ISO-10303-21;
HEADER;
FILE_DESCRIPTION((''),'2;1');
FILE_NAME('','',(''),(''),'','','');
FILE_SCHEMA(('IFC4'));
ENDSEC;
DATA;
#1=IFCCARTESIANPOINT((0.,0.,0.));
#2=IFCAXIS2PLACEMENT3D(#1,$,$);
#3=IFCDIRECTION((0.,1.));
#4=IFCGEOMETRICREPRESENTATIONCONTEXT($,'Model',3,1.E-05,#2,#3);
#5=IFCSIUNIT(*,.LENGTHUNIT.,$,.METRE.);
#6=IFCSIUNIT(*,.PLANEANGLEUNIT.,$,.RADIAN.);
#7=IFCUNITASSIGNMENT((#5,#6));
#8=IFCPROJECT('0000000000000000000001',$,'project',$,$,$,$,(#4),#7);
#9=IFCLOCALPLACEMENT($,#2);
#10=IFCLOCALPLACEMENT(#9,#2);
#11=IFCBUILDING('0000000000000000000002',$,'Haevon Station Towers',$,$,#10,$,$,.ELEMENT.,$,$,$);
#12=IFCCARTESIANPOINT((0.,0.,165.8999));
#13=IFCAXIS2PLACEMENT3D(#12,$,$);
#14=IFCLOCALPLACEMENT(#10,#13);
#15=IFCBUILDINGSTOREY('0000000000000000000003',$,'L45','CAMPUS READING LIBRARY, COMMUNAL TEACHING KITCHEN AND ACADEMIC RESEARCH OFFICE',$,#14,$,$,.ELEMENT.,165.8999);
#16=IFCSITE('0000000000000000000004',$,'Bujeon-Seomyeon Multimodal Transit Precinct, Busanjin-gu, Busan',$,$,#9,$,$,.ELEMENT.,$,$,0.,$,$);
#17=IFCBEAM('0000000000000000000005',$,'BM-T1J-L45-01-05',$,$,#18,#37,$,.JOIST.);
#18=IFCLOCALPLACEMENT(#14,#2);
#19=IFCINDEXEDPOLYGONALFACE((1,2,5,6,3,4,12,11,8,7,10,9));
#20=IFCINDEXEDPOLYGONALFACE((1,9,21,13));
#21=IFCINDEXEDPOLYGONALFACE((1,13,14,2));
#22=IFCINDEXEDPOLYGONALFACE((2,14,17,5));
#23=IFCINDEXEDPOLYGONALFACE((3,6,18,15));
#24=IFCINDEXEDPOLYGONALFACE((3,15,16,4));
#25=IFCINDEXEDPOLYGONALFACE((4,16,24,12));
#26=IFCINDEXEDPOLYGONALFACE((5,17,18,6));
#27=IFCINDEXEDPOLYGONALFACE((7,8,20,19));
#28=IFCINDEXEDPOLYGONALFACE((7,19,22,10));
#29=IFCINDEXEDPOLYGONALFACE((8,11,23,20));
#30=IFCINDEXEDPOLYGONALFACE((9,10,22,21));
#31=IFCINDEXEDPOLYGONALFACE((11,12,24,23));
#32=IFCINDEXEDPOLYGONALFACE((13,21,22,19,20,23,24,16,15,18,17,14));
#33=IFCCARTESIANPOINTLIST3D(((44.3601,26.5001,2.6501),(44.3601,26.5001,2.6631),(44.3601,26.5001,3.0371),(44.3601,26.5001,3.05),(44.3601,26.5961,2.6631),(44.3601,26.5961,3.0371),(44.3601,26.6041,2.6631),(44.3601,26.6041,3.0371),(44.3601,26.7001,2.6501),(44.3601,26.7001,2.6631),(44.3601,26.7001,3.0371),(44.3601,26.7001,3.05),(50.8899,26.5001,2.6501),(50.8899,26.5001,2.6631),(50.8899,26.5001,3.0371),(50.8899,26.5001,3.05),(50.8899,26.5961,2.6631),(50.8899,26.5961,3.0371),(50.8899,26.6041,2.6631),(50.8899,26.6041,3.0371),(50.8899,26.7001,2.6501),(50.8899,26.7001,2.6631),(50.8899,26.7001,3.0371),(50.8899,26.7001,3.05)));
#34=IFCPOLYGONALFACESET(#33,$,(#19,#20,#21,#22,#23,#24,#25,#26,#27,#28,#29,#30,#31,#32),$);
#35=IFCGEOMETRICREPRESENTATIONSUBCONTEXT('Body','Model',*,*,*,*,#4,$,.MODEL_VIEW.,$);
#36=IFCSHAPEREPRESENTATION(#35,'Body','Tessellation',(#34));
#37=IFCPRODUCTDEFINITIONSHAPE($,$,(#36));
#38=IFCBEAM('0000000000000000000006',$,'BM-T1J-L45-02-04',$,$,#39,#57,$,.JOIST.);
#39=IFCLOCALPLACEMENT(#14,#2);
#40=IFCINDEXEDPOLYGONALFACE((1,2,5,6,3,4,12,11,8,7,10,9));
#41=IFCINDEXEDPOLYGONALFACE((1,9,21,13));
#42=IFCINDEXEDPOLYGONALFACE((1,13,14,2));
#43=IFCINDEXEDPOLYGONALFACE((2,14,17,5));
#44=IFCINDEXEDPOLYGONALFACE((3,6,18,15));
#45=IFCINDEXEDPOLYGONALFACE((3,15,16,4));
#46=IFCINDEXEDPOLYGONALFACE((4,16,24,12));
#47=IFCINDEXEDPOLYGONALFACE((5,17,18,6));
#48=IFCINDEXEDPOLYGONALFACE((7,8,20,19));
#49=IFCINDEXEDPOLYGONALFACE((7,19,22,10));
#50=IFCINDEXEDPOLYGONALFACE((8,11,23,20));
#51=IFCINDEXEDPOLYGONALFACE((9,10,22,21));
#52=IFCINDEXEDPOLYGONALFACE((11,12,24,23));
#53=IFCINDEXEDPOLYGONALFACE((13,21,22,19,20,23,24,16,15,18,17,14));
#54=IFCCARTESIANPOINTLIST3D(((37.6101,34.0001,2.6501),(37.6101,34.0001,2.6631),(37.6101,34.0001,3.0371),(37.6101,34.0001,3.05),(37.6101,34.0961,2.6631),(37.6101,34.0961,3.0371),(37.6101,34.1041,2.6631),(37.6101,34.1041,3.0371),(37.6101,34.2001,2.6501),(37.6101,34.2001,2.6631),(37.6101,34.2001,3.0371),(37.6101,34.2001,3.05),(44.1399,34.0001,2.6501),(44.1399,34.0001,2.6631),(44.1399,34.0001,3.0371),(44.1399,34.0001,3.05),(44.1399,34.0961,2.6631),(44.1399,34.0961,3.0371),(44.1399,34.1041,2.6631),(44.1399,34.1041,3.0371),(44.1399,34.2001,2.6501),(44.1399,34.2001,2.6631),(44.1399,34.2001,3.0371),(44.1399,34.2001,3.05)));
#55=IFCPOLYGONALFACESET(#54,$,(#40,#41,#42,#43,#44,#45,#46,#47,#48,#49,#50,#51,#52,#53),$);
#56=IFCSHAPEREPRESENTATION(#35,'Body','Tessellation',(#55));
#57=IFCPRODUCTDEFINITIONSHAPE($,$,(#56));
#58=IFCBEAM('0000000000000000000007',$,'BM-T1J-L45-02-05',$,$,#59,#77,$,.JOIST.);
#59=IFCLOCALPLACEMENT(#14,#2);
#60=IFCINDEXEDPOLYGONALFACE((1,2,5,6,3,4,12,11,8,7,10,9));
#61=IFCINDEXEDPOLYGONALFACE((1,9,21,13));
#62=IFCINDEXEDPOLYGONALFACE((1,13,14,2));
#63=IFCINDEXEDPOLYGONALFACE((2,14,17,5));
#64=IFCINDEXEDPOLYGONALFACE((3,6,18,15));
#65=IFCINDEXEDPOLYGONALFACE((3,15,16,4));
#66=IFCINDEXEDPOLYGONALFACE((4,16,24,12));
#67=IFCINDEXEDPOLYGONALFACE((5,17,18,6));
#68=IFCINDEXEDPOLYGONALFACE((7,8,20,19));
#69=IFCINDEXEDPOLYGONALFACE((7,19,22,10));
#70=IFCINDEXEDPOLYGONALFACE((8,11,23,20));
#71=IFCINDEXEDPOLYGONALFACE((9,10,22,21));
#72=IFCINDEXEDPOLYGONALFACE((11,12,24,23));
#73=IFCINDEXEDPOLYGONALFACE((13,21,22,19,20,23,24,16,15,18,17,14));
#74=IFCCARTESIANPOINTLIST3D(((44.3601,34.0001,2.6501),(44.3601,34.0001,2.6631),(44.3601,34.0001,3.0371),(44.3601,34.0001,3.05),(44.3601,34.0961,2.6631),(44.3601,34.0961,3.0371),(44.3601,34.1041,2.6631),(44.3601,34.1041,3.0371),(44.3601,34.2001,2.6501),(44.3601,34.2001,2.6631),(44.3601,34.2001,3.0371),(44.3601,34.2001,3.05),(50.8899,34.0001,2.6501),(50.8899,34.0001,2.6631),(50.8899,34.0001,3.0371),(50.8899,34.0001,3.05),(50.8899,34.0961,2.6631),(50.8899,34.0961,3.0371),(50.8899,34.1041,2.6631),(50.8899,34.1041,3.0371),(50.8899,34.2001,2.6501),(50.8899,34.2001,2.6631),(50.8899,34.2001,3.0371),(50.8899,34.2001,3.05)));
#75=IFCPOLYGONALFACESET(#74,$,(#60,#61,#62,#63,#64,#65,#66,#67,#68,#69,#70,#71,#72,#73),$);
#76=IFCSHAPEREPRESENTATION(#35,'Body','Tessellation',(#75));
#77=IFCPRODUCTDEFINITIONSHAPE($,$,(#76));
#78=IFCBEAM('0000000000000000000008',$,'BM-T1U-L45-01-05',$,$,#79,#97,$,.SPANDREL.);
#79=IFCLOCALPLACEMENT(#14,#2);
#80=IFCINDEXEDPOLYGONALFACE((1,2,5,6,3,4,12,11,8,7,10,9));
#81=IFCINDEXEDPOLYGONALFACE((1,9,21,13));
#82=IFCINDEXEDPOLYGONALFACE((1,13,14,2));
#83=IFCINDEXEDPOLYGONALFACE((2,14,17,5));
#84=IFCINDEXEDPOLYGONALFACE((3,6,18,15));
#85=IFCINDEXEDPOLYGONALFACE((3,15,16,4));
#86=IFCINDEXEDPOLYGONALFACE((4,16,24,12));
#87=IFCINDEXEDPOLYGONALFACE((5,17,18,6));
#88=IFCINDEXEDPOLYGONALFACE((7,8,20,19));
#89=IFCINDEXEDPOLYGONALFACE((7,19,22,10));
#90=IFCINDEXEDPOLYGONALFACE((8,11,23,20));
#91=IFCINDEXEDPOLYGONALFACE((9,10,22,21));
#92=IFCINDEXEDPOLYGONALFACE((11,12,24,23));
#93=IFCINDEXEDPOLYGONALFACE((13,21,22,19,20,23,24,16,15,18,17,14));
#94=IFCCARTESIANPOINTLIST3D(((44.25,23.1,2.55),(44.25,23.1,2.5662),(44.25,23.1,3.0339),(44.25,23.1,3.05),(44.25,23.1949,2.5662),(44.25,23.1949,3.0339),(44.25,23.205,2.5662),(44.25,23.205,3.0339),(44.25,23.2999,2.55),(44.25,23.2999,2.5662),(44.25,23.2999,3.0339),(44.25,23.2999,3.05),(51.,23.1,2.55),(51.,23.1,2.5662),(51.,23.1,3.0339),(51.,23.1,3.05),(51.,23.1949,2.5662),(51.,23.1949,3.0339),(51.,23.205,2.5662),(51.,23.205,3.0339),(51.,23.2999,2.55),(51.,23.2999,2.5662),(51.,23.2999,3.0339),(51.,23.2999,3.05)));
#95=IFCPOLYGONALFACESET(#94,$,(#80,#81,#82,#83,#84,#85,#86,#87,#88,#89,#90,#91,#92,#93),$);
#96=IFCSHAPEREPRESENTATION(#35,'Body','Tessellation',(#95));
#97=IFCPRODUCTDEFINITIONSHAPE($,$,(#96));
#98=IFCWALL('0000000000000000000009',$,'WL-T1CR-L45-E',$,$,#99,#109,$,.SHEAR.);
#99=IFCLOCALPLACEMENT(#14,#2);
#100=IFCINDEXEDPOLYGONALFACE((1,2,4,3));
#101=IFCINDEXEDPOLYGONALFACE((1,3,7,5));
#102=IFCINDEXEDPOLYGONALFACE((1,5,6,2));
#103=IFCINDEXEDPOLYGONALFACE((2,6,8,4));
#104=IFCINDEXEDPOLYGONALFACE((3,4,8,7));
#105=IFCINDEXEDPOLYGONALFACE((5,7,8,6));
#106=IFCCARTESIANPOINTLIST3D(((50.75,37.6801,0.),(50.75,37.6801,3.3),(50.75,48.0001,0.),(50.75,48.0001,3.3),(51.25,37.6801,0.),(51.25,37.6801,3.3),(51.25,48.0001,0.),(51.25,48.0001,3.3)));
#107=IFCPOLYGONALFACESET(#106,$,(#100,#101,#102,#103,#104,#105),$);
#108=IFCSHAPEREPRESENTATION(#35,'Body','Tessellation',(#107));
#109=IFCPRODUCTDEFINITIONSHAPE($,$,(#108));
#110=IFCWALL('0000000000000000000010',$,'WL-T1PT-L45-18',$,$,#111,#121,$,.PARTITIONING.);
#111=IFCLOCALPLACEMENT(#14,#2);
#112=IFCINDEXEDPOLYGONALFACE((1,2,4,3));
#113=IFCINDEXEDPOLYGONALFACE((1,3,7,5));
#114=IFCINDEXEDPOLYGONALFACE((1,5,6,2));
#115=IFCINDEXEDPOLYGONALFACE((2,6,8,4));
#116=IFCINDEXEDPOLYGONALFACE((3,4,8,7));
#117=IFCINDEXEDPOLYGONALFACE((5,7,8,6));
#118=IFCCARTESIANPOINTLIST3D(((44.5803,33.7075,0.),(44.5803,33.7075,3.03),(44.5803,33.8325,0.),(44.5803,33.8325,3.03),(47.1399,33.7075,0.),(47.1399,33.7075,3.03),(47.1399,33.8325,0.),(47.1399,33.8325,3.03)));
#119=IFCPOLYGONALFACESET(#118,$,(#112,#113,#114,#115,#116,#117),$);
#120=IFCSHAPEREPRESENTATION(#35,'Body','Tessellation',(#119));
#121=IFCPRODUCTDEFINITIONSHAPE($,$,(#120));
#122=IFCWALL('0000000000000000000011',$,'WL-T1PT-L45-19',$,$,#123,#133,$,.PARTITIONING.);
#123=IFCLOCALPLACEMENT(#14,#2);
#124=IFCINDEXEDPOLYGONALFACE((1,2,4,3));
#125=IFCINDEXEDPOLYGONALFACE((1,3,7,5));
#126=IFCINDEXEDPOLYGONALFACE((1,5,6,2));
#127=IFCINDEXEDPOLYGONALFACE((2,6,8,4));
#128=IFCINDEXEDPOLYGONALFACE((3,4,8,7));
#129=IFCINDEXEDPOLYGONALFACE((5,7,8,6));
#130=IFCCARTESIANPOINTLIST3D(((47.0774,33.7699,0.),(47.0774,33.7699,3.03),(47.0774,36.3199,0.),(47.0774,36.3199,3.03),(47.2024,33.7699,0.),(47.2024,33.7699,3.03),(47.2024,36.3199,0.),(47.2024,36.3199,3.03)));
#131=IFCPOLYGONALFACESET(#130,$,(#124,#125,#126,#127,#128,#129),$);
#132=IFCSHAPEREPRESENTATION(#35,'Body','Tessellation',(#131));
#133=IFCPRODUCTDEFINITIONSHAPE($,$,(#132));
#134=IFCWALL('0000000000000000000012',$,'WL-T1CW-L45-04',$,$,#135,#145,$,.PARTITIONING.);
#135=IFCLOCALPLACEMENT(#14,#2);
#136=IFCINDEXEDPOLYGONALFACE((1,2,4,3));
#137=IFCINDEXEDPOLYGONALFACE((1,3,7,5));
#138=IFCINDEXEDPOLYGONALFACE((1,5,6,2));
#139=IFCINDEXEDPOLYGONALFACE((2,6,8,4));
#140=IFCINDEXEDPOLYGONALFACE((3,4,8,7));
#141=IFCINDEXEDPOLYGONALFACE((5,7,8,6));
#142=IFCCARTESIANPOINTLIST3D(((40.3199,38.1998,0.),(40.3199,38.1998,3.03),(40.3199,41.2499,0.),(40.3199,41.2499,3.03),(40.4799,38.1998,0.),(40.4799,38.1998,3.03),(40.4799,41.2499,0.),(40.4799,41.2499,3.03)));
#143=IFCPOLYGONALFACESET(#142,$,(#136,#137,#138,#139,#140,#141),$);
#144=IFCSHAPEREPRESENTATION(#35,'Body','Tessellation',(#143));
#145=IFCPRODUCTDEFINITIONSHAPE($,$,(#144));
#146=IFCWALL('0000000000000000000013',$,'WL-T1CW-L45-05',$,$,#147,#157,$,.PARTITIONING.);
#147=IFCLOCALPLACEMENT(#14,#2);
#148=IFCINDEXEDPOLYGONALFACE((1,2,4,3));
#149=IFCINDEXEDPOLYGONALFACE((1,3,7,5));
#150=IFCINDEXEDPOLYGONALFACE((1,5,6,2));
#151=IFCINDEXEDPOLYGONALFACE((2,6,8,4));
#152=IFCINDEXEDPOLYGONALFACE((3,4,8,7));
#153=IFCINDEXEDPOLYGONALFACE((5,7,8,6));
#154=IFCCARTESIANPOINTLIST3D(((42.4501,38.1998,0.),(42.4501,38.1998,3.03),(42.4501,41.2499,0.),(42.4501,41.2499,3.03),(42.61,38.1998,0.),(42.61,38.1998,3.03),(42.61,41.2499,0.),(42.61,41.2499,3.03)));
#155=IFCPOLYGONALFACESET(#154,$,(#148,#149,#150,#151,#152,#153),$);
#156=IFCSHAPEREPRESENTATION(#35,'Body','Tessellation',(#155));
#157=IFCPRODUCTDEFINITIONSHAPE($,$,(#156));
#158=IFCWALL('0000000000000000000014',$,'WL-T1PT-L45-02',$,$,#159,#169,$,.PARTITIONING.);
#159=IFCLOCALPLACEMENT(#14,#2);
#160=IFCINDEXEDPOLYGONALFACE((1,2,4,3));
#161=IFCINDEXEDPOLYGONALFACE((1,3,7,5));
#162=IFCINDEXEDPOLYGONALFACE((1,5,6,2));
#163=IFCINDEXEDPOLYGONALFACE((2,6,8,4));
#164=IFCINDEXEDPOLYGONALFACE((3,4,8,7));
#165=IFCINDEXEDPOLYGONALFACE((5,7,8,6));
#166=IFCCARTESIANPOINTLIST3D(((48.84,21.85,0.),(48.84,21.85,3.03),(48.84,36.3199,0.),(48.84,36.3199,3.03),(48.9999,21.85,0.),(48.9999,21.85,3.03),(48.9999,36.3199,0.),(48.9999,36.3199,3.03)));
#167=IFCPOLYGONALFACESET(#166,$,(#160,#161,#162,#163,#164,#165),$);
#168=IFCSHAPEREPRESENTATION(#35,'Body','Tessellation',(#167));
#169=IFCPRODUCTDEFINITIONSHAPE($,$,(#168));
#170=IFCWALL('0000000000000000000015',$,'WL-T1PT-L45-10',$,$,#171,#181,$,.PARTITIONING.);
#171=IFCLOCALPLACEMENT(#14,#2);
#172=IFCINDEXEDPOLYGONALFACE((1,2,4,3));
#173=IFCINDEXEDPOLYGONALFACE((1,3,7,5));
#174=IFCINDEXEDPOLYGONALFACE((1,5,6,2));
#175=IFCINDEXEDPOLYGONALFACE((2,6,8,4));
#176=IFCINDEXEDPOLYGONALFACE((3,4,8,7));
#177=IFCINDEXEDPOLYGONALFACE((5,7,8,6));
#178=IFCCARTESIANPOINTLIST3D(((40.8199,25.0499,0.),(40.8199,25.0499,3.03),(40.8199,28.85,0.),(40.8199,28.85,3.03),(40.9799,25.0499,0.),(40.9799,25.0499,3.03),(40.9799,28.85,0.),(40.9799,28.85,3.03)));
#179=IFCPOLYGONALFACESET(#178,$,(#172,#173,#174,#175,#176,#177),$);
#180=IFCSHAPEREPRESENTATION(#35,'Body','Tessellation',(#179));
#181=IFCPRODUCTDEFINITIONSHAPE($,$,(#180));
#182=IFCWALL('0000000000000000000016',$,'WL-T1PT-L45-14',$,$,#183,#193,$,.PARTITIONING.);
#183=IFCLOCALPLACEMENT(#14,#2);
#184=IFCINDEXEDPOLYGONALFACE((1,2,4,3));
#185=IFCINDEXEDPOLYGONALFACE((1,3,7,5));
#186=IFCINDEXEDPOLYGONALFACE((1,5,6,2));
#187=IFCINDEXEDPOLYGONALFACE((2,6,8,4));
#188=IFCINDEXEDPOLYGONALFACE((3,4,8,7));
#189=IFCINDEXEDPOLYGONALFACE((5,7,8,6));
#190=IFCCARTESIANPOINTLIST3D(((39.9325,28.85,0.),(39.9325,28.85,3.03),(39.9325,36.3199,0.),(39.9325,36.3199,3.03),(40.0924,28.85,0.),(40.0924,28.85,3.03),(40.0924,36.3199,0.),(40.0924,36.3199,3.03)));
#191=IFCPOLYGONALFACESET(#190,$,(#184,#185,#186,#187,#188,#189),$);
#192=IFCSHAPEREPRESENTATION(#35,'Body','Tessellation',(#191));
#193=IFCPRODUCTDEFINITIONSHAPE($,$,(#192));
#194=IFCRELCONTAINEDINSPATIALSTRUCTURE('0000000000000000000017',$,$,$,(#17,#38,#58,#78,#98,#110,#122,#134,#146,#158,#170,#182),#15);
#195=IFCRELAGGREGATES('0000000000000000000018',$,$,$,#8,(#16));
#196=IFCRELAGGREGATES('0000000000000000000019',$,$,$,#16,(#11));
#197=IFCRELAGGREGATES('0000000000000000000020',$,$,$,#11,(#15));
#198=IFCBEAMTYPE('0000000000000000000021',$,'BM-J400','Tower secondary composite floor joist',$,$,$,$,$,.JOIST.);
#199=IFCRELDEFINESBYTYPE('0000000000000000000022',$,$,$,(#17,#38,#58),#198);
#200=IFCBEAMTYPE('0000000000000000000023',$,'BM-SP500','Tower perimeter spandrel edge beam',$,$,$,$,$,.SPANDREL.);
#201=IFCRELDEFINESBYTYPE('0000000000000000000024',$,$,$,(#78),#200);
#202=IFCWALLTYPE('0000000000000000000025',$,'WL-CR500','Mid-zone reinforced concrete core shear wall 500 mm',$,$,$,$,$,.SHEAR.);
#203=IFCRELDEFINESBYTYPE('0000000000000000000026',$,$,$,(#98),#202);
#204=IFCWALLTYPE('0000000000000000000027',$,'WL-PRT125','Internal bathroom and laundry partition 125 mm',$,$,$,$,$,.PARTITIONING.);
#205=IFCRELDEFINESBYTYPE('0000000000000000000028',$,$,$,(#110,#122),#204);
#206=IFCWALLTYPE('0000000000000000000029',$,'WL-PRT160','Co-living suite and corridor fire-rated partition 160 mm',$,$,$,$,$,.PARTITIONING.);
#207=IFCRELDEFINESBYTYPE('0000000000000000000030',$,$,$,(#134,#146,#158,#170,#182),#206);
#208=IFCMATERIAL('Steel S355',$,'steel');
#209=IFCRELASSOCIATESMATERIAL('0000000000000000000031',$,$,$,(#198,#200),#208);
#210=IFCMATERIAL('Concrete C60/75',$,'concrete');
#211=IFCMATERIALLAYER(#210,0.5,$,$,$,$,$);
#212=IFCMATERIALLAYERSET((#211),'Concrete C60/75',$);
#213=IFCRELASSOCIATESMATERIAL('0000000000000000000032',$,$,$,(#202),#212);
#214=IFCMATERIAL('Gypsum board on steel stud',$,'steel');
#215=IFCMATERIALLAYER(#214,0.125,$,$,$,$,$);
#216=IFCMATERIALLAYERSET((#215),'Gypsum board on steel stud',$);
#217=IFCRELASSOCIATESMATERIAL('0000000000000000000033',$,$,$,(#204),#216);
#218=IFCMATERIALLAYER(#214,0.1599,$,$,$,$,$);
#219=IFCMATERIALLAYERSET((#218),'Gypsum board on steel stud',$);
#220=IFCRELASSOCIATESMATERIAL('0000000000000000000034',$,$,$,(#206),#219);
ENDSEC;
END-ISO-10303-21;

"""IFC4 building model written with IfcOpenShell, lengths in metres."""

from ifc_helpers import new_model, si_unit, direction, frame, frame_2d, origin, origin_2d, place, context, subcontext, project, spatial, rectangle, i_section, extrude, material, layer, layer_set, material_profile, profile_set, type_object, element, save


model = new_model("IFC4")

# Units and contexts
model_context = context("Model", 3, precision=1e-05, world=origin(), true_north=direction((0.0, 1.0)))
body_context = subcontext(model_context, "Body", "Model", "MODEL_VIEW")
ifc_project = project(units=[si_unit("LENGTHUNIT", "METRE"), si_unit("PLANEANGLEUNIT", "RADIAN")], contexts=[model_context])

# Site, building, storey
site_placement = place(None, origin())
site = spatial("IfcSite", under=ifc_project, at=site_placement, Name="Bujeon-Seomyeon Multimodal Transit Precinct, Busanjin-gu, Busan", CompositionType="ELEMENT", RefElevation=0.0)
building_placement = place(site_placement, origin())
building = spatial("IfcBuilding", under=site, at=building_placement, Name="Haevon Station Towers", CompositionType="ELEMENT")
storey_placement = place(building_placement, frame((0.0, 0.0, 165.8999)))
storey = spatial("IfcBuildingStorey", under=building, at=storey_placement, Name="L45", Description="CAMPUS READING LIBRARY, COMMUNAL TEACHING KITCHEN AND ACADEMIC RESEARCH OFFICE", CompositionType="ELEMENT", Elevation=165.8999)

# Shared definitions
ifc_material_1 = material(Name="Steel S355", Category="steel")

# Beams
ifc_material_profile_1 = material_profile(ifc_material_1, i_section(OverallWidth=0.2, OverallDepth=0.3999, WebThickness=0.0081, FlangeThickness=0.0129, at=origin_2d()), Name="H-400x200x8x13")
ifc_profile_set_1 = profile_set([ifc_material_profile_1], Name="Steel S355")
beam_type_1 = type_object("IfcBeamType", Name="BM-J400", Description="Tower secondary composite floor joist", PredefinedType="JOIST", material=ifc_profile_set_1)
for number, where, z_axis, x_axis, name in (
    (1, (44.3601, 26.6001, 2.8501), (1.0, 0.0, 0.0), (0.0, 1.0, 0.0), "BM-T1J-L45-01-05"),
    (2, (37.6101, 34.1001, 2.8501), (1.0, 0.0, 0.0), (0.0, 1.0, 0.0), "BM-T1J-L45-02-04"),
    (3, (44.3601, 34.1001, 2.8501), (1.0, 0.0, 0.0), (0.0, 1.0, 0.0), "BM-T1J-L45-02-05"),
):
    element("IfcBeam", number, at=place(storey_placement, frame(where, z_axis=z_axis, x_axis=x_axis)), inside=storey, type_object=beam_type_1, Name=name, PredefinedType="JOIST", context=body_context, shape_type="SweptSolid", body=[
        extrude(i_section(OverallWidth=0.2, OverallDepth=0.3999, WebThickness=0.0081, FlangeThickness=0.0129, at=origin_2d()), origin(), (0.0, 0.0, 1.0), 6.5298),
    ])
ifc_material_profile_2 = material_profile(ifc_material_1, i_section(OverallWidth=0.2, OverallDepth=0.5, WebThickness=0.01, FlangeThickness=0.0161, at=origin_2d()), Name="H-500x200x10x16")
ifc_profile_set_2 = profile_set([ifc_material_profile_2], Name="Steel S355")
beam_type_2 = type_object("IfcBeamType", Name="BM-SP500", Description="Tower perimeter spandrel edge beam", PredefinedType="SPANDREL", material=ifc_profile_set_2)
beam_1_placement = place(storey_placement, frame((44.25, 23.2, 2.8), z_axis=(1.0, 0.0, 0.0), x_axis=(0.0, 1.0, 0.0)))
element("IfcBeam", 4, at=beam_1_placement, inside=storey, type_object=beam_type_2, Name="BM-T1U-L45-01-05", PredefinedType="SPANDREL", context=body_context, shape_type="SweptSolid", body=[
    extrude(i_section(OverallWidth=0.2, OverallDepth=0.5, WebThickness=0.01, FlangeThickness=0.0161, at=origin_2d()), origin(), (0.0, 0.0, 1.0), 6.75),
])

# Walls
ifc_material_2 = material(Name="Concrete C60/75", Category="concrete")
ifc_layer_1 = layer(ifc_material_2, 0.5)
ifc_layer_set_1 = layer_set([ifc_layer_1], Name="Concrete C60/75")
wall_type_1 = type_object("IfcWallType", Name="WL-CR500", Description="Mid-zone reinforced concrete core shear wall 500 mm", PredefinedType="SHEAR", material=ifc_layer_set_1)
wall_1_placement = place(storey_placement, frame((51.0, 37.6799, 0.0), z_axis=(0.0, 0.0, 1.0), x_axis=(0.0, 1.0, 0.0)))
element("IfcWall", 5, at=wall_1_placement, inside=storey, type_object=wall_type_1, Name="WL-T1CR-L45-E", PredefinedType="SHEAR", context=body_context, shape_type="SweptSolid", body=[
    extrude(rectangle(XDim=10.3201, YDim=0.5, at=frame_2d((5.1602, 0.0))), origin(), (0.0, 0.0, 1.0), 3.3),
])
ifc_material_3 = material(Name="Gypsum board on steel stud", Category="steel")
ifc_layer_2 = layer(ifc_material_3, 0.125)
ifc_layer_set_2 = layer_set([ifc_layer_2], Name="Gypsum board on steel stud")
wall_type_2 = type_object("IfcWallType", Name="WL-PRT125", Description="Internal bathroom and laundry partition 125 mm", PredefinedType="PARTITIONING", material=ifc_layer_set_2)
wall_2_placement = place(storey_placement, frame((44.5803, 33.77, 0.0), z_axis=(0.0, 0.0, 1.0), x_axis=(1.0, 0.0, 0.0)))
element("IfcWall", 6, at=wall_2_placement, inside=storey, type_object=wall_type_2, Name="WL-T1PT-L45-18", PredefinedType="PARTITIONING", context=body_context, shape_type="SweptSolid", body=[
    extrude(rectangle(XDim=2.5596, YDim=0.125, at=frame_2d((1.2798, 0.0))), origin(), (0.0, 0.0, 1.0), 3.03),
])
wall_3_placement = place(storey_placement, frame((47.1399, 33.77, 0.0), z_axis=(0.0, 0.0, 1.0), x_axis=(0.0, 1.0, 0.0)))
element("IfcWall", 7, at=wall_3_placement, inside=storey, type_object=wall_type_2, Name="WL-T1PT-L45-19", PredefinedType="PARTITIONING", context=body_context, shape_type="SweptSolid", body=[
    extrude(rectangle(XDim=2.55, YDim=0.125, at=frame_2d((1.2749, 0.0))), origin(), (0.0, 0.0, 1.0), 3.03),
])
ifc_layer_3 = layer(ifc_material_3, 0.1599)
ifc_layer_set_3 = layer_set([ifc_layer_3], Name="Gypsum board on steel stud")
wall_type_3 = type_object("IfcWallType", Name="WL-PRT160", Description="Co-living suite and corridor fire-rated partition 160 mm", PredefinedType="PARTITIONING", material=ifc_layer_set_3)
for number, where, z_axis, x_axis, name in (
    (8, (40.3999, 38.2, 0.0), (0.0, 0.0, 1.0), (0.0, 1.0, 0.0), "WL-T1CW-L45-04"),
    (9, (42.53, 38.2, 0.0), (0.0, 0.0, 1.0), (0.0, 1.0, 0.0), "WL-T1CW-L45-05"),
):
    element("IfcWall", number, at=place(storey_placement, frame(where, z_axis=z_axis, x_axis=x_axis)), inside=storey, type_object=wall_type_3, Name=name, PredefinedType="PARTITIONING", context=body_context, shape_type="SweptSolid", body=[
        extrude(rectangle(XDim=3.05, YDim=0.1599, at=frame_2d((1.5249, 0.0))), origin(), (0.0, 0.0, 1.0), 3.03),
    ])
wall_4_placement = place(storey_placement, frame((48.9199, 21.8501, 0.0), z_axis=(0.0, 0.0, 1.0), x_axis=(0.0, 1.0, 0.0)))
element("IfcWall", 10, at=wall_4_placement, inside=storey, type_object=wall_type_3, Name="WL-T1PT-L45-02", PredefinedType="PARTITIONING", context=body_context, shape_type="SweptSolid", body=[
    extrude(rectangle(XDim=14.47, YDim=0.1599, at=frame_2d((7.2349, 0.0))), origin(), (0.0, 0.0, 1.0), 3.03),
])
wall_5_placement = place(storey_placement, frame((40.8999, 25.05, 0.0), z_axis=(0.0, 0.0, 1.0), x_axis=(0.0, 1.0, 0.0)))
element("IfcWall", 11, at=wall_5_placement, inside=storey, type_object=wall_type_3, Name="WL-T1PT-L45-10", PredefinedType="PARTITIONING", context=body_context, shape_type="SweptSolid", body=[
    extrude(rectangle(XDim=3.8, YDim=0.1599, at=frame_2d((1.8999, 0.0))), origin(), (0.0, 0.0, 1.0), 3.03),
])
for number, where, z_axis, x_axis, name in (
    (12, (40.0125, 28.8501, 0.0), (0.0, 0.0, 1.0), (0.0, 1.0, 0.0), "WL-T1PT-L45-14"),
):
    element("IfcWall", number, at=place(storey_placement, frame(where, z_axis=z_axis, x_axis=x_axis)), inside=storey, type_object=wall_type_3, Name=name, PredefinedType="PARTITIONING", context=body_context, shape_type="SweptSolid", body=[
        extrude(rectangle(XDim=7.47, YDim=0.1599, at=frame_2d((3.7349, 0.0))), origin(), (0.0, 0.0, 1.0), 3.03),
    ])

save(model, "model.ifc")
